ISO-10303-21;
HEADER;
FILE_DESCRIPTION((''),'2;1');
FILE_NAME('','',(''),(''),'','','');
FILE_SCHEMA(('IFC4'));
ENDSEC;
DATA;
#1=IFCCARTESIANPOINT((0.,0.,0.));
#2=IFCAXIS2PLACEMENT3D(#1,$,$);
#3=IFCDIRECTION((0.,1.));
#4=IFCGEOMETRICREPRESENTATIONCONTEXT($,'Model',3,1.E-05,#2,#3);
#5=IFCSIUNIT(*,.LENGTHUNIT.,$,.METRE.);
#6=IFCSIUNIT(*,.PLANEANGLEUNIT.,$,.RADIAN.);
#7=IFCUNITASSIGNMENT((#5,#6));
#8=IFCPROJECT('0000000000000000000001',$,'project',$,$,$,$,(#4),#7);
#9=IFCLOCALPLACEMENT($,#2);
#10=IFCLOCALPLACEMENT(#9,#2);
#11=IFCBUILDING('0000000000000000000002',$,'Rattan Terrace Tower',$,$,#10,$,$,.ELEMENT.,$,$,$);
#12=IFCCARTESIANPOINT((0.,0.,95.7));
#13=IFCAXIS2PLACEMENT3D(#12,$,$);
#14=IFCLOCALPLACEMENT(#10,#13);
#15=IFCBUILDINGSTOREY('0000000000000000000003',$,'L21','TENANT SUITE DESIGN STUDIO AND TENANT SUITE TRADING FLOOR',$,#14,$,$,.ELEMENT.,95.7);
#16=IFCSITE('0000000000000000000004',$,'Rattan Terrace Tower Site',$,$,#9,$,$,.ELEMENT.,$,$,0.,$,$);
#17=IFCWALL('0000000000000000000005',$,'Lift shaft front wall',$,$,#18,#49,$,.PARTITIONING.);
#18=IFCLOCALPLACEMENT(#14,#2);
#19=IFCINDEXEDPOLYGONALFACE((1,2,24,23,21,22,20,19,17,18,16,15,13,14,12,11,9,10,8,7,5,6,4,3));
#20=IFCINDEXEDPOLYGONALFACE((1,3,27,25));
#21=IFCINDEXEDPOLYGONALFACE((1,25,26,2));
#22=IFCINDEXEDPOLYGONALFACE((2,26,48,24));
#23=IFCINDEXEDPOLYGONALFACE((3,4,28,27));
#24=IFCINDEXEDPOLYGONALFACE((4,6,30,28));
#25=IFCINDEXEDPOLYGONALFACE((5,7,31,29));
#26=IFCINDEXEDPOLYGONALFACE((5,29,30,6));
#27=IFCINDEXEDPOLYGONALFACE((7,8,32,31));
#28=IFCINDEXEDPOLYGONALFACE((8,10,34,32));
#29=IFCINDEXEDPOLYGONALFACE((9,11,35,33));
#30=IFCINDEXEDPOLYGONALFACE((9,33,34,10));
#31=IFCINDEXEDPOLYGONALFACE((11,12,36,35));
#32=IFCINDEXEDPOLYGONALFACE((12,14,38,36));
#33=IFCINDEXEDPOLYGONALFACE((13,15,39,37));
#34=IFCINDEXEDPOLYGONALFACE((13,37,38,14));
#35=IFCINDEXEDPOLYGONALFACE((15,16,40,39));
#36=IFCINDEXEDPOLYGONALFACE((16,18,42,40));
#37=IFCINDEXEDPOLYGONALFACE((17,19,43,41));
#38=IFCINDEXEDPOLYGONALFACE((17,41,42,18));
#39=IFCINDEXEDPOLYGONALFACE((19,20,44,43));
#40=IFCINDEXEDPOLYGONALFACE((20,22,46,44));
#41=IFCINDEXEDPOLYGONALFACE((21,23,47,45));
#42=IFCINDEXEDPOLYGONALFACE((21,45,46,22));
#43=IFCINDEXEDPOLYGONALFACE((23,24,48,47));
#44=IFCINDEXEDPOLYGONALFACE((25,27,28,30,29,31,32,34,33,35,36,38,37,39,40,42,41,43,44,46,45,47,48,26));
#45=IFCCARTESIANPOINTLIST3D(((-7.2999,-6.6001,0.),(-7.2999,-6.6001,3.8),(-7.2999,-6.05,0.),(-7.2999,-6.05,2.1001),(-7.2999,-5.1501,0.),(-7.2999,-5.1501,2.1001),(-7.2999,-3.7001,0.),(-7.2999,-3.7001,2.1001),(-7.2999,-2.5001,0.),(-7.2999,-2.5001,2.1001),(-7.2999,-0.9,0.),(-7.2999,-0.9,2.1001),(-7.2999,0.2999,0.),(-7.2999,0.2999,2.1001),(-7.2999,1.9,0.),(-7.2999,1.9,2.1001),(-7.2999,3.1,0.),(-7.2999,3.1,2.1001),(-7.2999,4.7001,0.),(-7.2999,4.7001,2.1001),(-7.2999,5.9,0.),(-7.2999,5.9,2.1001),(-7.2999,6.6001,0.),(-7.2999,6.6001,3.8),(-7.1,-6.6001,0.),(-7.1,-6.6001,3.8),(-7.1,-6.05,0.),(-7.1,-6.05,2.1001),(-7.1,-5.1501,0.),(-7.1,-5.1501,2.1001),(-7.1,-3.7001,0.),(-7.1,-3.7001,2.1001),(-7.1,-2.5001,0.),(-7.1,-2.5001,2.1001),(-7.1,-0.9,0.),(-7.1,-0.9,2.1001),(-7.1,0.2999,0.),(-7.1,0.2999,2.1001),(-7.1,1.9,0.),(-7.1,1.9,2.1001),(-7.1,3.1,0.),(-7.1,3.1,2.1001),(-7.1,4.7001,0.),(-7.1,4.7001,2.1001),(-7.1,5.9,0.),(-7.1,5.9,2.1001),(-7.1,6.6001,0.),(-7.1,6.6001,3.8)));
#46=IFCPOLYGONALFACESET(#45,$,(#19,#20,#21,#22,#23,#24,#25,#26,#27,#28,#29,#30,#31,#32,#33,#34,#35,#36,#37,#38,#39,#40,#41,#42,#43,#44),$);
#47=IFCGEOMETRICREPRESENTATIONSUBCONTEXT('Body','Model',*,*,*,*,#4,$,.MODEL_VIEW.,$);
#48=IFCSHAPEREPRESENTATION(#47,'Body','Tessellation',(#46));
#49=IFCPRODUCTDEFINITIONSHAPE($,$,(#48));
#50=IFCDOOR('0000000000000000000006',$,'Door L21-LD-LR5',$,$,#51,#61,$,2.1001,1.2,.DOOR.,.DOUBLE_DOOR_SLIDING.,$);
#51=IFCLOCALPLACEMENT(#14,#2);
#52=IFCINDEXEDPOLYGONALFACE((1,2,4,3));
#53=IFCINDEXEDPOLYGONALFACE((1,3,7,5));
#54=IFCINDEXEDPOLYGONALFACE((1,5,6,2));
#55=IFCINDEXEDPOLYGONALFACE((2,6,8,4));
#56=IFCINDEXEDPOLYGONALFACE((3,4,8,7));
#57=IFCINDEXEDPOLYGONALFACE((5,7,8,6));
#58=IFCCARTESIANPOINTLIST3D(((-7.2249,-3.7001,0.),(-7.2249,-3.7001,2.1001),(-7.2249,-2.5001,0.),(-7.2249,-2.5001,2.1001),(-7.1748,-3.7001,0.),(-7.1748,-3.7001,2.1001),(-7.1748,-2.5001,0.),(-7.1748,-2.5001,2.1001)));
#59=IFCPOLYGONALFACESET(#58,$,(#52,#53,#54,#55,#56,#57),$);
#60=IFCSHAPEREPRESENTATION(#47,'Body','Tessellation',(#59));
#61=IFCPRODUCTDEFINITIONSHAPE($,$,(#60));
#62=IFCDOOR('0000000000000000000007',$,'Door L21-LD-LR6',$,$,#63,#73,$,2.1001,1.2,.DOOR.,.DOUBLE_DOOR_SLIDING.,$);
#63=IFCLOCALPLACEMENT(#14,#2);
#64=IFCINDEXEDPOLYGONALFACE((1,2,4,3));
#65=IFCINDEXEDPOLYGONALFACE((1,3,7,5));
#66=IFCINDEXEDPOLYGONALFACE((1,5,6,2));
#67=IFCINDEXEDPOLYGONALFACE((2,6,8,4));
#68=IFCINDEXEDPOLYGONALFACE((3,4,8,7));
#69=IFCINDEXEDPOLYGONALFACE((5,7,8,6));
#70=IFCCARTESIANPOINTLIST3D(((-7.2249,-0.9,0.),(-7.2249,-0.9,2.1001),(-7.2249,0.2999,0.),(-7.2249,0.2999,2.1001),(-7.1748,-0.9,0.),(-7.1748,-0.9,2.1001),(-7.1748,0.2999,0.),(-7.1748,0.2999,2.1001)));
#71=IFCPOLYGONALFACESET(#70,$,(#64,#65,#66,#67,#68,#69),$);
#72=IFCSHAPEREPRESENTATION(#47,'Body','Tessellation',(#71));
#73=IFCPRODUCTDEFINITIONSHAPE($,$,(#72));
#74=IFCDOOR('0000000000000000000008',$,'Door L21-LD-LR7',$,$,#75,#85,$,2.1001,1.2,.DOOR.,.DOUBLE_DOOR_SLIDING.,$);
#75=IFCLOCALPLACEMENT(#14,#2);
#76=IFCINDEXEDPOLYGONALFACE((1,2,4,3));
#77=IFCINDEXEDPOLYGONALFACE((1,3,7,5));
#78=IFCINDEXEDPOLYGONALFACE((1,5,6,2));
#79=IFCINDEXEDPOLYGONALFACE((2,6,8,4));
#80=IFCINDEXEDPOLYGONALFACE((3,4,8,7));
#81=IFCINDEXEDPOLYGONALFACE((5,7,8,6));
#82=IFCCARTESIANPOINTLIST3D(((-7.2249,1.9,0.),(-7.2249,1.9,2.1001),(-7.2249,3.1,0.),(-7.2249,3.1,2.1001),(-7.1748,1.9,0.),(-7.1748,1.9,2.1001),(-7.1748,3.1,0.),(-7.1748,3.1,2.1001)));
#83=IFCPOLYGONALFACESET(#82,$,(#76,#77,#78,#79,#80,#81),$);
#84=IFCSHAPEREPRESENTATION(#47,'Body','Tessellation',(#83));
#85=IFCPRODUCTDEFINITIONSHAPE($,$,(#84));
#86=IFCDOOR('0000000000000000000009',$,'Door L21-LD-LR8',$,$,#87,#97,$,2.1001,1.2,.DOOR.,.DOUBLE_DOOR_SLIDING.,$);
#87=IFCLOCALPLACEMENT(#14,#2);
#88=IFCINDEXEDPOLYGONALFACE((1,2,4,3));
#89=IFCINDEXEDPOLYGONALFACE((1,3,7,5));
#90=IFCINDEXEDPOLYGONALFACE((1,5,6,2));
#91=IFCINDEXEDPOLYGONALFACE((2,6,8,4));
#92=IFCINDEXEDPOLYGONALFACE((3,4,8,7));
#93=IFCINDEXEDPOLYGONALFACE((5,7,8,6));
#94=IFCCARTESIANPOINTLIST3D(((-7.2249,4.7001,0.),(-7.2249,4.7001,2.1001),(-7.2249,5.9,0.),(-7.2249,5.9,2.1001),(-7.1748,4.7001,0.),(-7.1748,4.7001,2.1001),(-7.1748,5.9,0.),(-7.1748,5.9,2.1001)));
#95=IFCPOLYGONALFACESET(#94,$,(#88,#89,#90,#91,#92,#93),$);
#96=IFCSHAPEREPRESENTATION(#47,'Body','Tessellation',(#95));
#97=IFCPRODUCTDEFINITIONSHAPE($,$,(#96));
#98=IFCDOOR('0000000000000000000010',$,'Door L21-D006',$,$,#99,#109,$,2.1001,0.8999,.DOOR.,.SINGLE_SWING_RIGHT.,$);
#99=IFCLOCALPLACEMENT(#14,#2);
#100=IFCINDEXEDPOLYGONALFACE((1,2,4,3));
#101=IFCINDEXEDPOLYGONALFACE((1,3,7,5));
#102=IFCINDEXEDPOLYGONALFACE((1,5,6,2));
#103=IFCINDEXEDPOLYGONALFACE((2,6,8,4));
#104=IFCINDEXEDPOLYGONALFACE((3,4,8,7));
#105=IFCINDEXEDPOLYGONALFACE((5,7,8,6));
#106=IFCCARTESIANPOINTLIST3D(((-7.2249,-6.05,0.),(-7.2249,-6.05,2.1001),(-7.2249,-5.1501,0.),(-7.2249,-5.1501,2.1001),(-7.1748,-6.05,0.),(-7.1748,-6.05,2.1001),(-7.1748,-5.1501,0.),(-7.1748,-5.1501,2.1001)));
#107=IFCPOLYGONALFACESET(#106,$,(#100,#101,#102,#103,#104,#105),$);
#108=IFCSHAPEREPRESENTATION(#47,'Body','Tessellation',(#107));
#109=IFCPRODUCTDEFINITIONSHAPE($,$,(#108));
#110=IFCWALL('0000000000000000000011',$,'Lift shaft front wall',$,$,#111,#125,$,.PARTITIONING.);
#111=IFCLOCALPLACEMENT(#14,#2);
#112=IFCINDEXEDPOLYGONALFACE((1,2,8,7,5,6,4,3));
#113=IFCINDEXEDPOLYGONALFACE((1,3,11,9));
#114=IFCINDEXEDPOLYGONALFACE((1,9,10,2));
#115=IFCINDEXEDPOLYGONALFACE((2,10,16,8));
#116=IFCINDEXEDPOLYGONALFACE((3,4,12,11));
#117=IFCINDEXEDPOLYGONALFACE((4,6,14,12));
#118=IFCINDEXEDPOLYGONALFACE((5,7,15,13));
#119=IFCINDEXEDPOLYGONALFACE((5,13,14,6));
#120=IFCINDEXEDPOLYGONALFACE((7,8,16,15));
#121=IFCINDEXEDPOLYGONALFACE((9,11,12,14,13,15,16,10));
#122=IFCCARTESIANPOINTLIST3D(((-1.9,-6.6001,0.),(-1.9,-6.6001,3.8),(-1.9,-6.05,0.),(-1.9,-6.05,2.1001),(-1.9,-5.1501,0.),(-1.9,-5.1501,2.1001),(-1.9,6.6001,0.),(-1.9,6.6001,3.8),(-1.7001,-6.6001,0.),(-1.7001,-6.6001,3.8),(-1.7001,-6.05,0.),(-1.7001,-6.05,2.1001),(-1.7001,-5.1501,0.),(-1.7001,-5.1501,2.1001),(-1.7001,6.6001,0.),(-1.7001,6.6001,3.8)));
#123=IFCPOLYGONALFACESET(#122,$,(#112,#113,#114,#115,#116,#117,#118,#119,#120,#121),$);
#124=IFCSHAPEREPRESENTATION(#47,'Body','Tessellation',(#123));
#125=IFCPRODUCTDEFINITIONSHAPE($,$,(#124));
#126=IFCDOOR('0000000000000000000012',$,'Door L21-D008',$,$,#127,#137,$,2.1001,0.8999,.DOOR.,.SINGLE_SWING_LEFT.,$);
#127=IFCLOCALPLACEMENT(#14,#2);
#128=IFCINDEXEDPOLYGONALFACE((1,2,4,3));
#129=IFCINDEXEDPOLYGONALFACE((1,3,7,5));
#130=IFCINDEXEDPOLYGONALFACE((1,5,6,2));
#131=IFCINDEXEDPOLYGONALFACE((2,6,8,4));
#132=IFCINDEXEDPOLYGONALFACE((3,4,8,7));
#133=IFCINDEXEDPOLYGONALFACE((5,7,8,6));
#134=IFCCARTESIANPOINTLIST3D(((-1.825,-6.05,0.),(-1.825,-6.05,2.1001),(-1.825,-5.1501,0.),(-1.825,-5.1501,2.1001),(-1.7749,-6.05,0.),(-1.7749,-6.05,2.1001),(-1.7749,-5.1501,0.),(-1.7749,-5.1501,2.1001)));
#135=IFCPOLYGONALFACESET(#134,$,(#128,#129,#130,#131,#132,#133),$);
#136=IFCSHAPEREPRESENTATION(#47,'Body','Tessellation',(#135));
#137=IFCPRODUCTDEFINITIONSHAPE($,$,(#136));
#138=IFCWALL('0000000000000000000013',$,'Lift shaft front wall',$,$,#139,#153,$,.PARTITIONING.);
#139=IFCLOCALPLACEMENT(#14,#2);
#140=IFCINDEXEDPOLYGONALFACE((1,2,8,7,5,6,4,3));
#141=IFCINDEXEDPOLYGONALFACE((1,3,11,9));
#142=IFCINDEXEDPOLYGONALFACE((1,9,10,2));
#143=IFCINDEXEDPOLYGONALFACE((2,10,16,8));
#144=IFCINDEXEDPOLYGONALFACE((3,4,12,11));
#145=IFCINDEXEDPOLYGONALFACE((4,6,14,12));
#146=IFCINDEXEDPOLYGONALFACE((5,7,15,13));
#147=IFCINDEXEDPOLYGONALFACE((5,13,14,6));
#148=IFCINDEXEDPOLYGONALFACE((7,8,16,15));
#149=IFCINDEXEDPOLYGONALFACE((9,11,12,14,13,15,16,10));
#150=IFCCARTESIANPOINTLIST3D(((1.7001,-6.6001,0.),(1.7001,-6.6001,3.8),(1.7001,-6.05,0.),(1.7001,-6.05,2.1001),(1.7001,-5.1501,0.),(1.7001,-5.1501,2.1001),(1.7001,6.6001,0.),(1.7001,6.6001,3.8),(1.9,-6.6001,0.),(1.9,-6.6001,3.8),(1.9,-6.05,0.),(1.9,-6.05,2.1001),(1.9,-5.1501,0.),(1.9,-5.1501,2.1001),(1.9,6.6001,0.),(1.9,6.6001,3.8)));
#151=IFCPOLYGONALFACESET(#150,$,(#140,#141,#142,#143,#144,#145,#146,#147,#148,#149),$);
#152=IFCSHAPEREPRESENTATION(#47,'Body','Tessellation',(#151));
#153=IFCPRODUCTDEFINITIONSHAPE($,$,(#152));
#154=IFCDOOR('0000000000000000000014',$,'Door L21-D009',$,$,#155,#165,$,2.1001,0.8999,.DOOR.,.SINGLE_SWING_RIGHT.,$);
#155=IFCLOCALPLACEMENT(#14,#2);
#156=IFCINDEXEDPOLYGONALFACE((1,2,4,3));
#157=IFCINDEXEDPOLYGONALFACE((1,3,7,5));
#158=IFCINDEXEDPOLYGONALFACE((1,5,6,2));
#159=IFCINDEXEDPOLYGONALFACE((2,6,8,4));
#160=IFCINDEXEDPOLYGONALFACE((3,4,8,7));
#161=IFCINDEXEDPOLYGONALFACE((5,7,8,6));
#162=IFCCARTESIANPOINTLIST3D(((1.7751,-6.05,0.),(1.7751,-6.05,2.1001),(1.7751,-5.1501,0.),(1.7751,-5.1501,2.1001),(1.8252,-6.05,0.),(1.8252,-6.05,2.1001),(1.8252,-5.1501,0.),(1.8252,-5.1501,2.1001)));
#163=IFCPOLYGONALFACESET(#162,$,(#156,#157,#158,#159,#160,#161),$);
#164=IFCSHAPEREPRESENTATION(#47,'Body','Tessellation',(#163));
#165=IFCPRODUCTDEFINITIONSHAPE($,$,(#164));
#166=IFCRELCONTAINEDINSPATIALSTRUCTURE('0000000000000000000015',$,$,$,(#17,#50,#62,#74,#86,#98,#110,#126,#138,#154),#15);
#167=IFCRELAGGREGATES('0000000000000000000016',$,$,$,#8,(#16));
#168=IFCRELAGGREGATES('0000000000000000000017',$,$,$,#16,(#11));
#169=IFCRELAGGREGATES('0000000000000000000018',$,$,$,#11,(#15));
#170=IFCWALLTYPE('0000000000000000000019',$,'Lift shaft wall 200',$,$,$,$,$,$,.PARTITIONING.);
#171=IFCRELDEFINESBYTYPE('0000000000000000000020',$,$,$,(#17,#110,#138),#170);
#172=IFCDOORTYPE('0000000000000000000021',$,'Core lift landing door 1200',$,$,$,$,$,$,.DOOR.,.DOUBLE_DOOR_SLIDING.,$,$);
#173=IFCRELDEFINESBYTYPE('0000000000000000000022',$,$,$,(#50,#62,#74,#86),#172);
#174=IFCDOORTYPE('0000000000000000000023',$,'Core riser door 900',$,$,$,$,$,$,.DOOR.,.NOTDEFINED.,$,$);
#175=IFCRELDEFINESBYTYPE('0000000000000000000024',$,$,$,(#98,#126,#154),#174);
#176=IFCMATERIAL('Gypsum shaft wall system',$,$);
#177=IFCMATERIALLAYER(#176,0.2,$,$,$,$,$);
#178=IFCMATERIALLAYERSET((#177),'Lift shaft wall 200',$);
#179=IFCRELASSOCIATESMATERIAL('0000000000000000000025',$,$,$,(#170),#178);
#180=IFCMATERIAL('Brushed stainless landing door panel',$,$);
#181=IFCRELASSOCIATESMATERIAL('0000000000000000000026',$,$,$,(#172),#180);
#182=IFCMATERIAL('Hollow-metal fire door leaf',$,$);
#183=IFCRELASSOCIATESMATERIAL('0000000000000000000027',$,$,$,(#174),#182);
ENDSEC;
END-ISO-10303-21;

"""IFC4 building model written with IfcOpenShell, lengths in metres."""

from ifc_helpers import new_model, si_unit, direction, frame, frame_2d, origin, place, context, subcontext, project, spatial, rectangle, extrude, material, layer, layer_set, type_object, element, fill, save


model = new_model("IFC4")

# Units and contexts
model_context = context("Model", 3, precision=1e-05, world=origin(), true_north=direction((0.0, 1.0)))
body_context = subcontext(model_context, "Body", "Model", "MODEL_VIEW")
ifc_project = project(units=[si_unit("LENGTHUNIT", "METRE"), si_unit("PLANEANGLEUNIT", "RADIAN")], contexts=[model_context])

# Site, building, storey
site_placement = place(None, origin())
site = spatial("IfcSite", under=ifc_project, at=site_placement, Name="Rattan Terrace Tower Site", CompositionType="ELEMENT", RefElevation=0.0)
building_placement = place(site_placement, origin())
building = spatial("IfcBuilding", under=site, at=building_placement, Name="Rattan Terrace Tower", CompositionType="ELEMENT")
storey_placement = place(building_placement, frame((0.0, 0.0, 95.7)))
storey = spatial("IfcBuildingStorey", under=building, at=storey_placement, Name="L21", Description="TENANT SUITE DESIGN STUDIO AND TENANT SUITE TRADING FLOOR", CompositionType="ELEMENT", Elevation=95.7)

# Wall, openings, doors
ifc_material_1 = material(Name="Gypsum shaft wall system")
ifc_layer_1 = layer(ifc_material_1, 0.2)
ifc_layer_set_1 = layer_set([ifc_layer_1], Name="Lift shaft wall 200")
wall_type_1 = type_object("IfcWallType", Name="Lift shaft wall 200", PredefinedType="PARTITIONING", material=ifc_layer_set_1)
ifc_material_2 = material(Name="Brushed stainless landing door panel")
door_type_1 = type_object("IfcDoorType", Name="Core lift landing door 1200", OperationType="DOUBLE_DOOR_SLIDING", PredefinedType="DOOR", material=ifc_material_2)
ifc_material_3 = material(Name="Hollow-metal fire door leaf")
door_type_2 = type_object("IfcDoorType", Name="Core riser door 900", OperationType="NOTDEFINED", PredefinedType="DOOR", material=ifc_material_3)
wall_1_placement = place(storey_placement, frame((-7.2, -6.6001, 0.0), z_axis=(0.0, 0.0, 1.0), x_axis=(0.0, 1.0, 0.0)))
wall_1 = element("IfcWall", 1, at=wall_1_placement, inside=storey, type_object=wall_type_1, Name="Lift shaft front wall", PredefinedType="PARTITIONING", context=body_context, shape_type="SweptSolid", body=[
    extrude(rectangle(XDim=13.2002, YDim=0.2, at=frame_2d((6.6001, 0.0))), origin(), (0.0, 0.0, 1.0), 3.8),
])
opening_1_placement = place(wall_1_placement, frame((0.55, 0.0, 0.0)))
opening_1 = element("IfcOpeningElement", 2, at=opening_1_placement, cuts=wall_1, PredefinedType="OPENING", context=body_context, shape_type="SweptSolid", body=[
    extrude(rectangle(XDim=0.8999, YDim=2.1001, at=frame_2d((0.45, 1.05))), frame((0.0, 0.1106, 0.0), z_axis=(0.0, -1.0, 0.0), x_axis=(1.0, 0.0, 0.0)), (0.0, 0.0, 1.0), 0.2209),
])
opening_2_placement = place(wall_1_placement, frame((2.8999, 0.0, 0.0)))
opening_2 = element("IfcOpeningElement", 3, at=opening_2_placement, cuts=wall_1, PredefinedType="OPENING", context=body_context, shape_type="SweptSolid", body=[
    extrude(rectangle(XDim=1.2, YDim=2.1001, at=frame_2d((0.6001, 1.05))), frame((0.0, 0.1106, 0.0), z_axis=(0.0, -1.0, 0.0), x_axis=(1.0, 0.0, 0.0)), (0.0, 0.0, 1.0), 0.2209),
])
opening_3_placement = place(wall_1_placement, frame((5.7, 0.0, 0.0)))
opening_3 = element("IfcOpeningElement", 4, at=opening_3_placement, cuts=wall_1, PredefinedType="OPENING", context=body_context, shape_type="SweptSolid", body=[
    extrude(rectangle(XDim=1.2, YDim=2.1001, at=frame_2d((0.6001, 1.05))), frame((0.0, 0.1106, 0.0), z_axis=(0.0, -1.0, 0.0), x_axis=(1.0, 0.0, 0.0)), (0.0, 0.0, 1.0), 0.2209),
])
opening_4_placement = place(wall_1_placement, frame((8.5, 0.0, 0.0)))
opening_4 = element("IfcOpeningElement", 5, at=opening_4_placement, cuts=wall_1, PredefinedType="OPENING", context=body_context, shape_type="SweptSolid", body=[
    extrude(rectangle(XDim=1.2, YDim=2.1001, at=frame_2d((0.6001, 1.05))), frame((0.0, 0.1106, 0.0), z_axis=(0.0, -1.0, 0.0), x_axis=(1.0, 0.0, 0.0)), (0.0, 0.0, 1.0), 0.2209),
])
opening_5_placement = place(wall_1_placement, frame((11.3, 0.0, 0.0)))
opening_5 = element("IfcOpeningElement", 6, at=opening_5_placement, cuts=wall_1, PredefinedType="OPENING", context=body_context, shape_type="SweptSolid", body=[
    extrude(rectangle(XDim=1.2, YDim=2.1001, at=frame_2d((0.6001, 1.05))), frame((0.0, 0.1106, 0.0), z_axis=(0.0, -1.0, 0.0), x_axis=(1.0, 0.0, 0.0)), (0.0, 0.0, 1.0), 0.2209),
])
door_1_placement = place(opening_2_placement, origin())
door_1 = element("IfcDoor", 7, at=door_1_placement, inside=storey, type_object=door_type_1, Name="Door L21-LD-LR5", OperationType="DOUBLE_DOOR_SLIDING", OverallHeight=2.1001, OverallWidth=1.2, PredefinedType="DOOR", context=body_context, shape_type="SweptSolid", body=[
    extrude(rectangle(XDim=1.2, YDim=2.1001, at=frame_2d((0.6001, 1.05))), frame((0.0, 0.0249, 0.0), z_axis=(0.0, -1.0, 0.0), x_axis=(1.0, 0.0, 0.0)), (0.0, 0.0, 1.0), 0.05),
])
fill(opening_2, door_1)
door_2_placement = place(opening_3_placement, origin())
door_2 = element("IfcDoor", 8, at=door_2_placement, inside=storey, type_object=door_type_1, Name="Door L21-LD-LR6", OperationType="DOUBLE_DOOR_SLIDING", OverallHeight=2.1001, OverallWidth=1.2, PredefinedType="DOOR", context=body_context, shape_type="SweptSolid", body=[
    extrude(rectangle(XDim=1.2, YDim=2.1001, at=frame_2d((0.6001, 1.05))), frame((0.0, 0.0249, 0.0), z_axis=(0.0, -1.0, 0.0), x_axis=(1.0, 0.0, 0.0)), (0.0, 0.0, 1.0), 0.05),
])
fill(opening_3, door_2)
door_3_placement = place(opening_4_placement, origin())
door_3 = element("IfcDoor", 9, at=door_3_placement, inside=storey, type_object=door_type_1, Name="Door L21-LD-LR7", OperationType="DOUBLE_DOOR_SLIDING", OverallHeight=2.1001, OverallWidth=1.2, PredefinedType="DOOR", context=body_context, shape_type="SweptSolid", body=[
    extrude(rectangle(XDim=1.2, YDim=2.1001, at=frame_2d((0.6001, 1.05))), frame((0.0, 0.0249, 0.0), z_axis=(0.0, -1.0, 0.0), x_axis=(1.0, 0.0, 0.0)), (0.0, 0.0, 1.0), 0.05),
])
fill(opening_4, door_3)
door_4_placement = place(opening_5_placement, origin())
door_4 = element("IfcDoor", 10, at=door_4_placement, inside=storey, type_object=door_type_1, Name="Door L21-LD-LR8", OperationType="DOUBLE_DOOR_SLIDING", OverallHeight=2.1001, OverallWidth=1.2, PredefinedType="DOOR", context=body_context, shape_type="SweptSolid", body=[
    extrude(rectangle(XDim=1.2, YDim=2.1001, at=frame_2d((0.6001, 1.05))), frame((0.0, 0.0249, 0.0), z_axis=(0.0, -1.0, 0.0), x_axis=(1.0, 0.0, 0.0)), (0.0, 0.0, 1.0), 0.05),
])
fill(opening_5, door_4)
door_5_placement = place(opening_1_placement, origin())
door_5 = element("IfcDoor", 11, at=door_5_placement, inside=storey, type_object=door_type_2, Name="Door L21-D006", OperationType="SINGLE_SWING_RIGHT", OverallHeight=2.1001, OverallWidth=0.8999, PredefinedType="DOOR", context=body_context, shape_type="SweptSolid", body=[
    extrude(rectangle(XDim=0.8999, YDim=2.1001, at=frame_2d((0.45, 1.05))), frame((0.0, 0.0249, 0.0), z_axis=(0.0, -1.0, 0.0), x_axis=(1.0, 0.0, 0.0)), (0.0, 0.0, 1.0), 0.05),
])
fill(opening_1, door_5)

# Walls, openings, doors
wall_2_placement = place(storey_placement, frame((-1.8, -6.6001, 0.0), z_axis=(0.0, 0.0, 1.0), x_axis=(0.0, 1.0, 0.0)))
wall_2 = element("IfcWall", 12, at=wall_2_placement, inside=storey, type_object=wall_type_1, Name="Lift shaft front wall", PredefinedType="PARTITIONING", context=body_context, shape_type="SweptSolid", body=[
    extrude(rectangle(XDim=13.2002, YDim=0.2, at=frame_2d((6.6001, 0.0))), origin(), (0.0, 0.0, 1.0), 3.8),
])
opening_6_placement = place(wall_2_placement, frame((0.55, 0.0, 0.0)))
opening_6 = element("IfcOpeningElement", 13, at=opening_6_placement, cuts=wall_2, PredefinedType="OPENING", context=body_context, shape_type="SweptSolid", body=[
    extrude(rectangle(XDim=0.8999, YDim=2.1001, at=frame_2d((0.45, 1.05))), frame((0.0, 0.1106, 0.0), z_axis=(0.0, -1.0, 0.0), x_axis=(1.0, 0.0, 0.0)), (0.0, 0.0, 1.0), 0.2209),
])
door_6_placement = place(opening_6_placement, origin())
door_6 = element("IfcDoor", 14, at=door_6_placement, inside=storey, type_object=door_type_2, Name="Door L21-D008", OperationType="SINGLE_SWING_LEFT", OverallHeight=2.1001, OverallWidth=0.8999, PredefinedType="DOOR", context=body_context, shape_type="SweptSolid", body=[
    extrude(rectangle(XDim=0.8999, YDim=2.1001, at=frame_2d((0.45, 1.05))), frame((0.0, 0.0249, 0.0), z_axis=(0.0, -1.0, 0.0), x_axis=(1.0, 0.0, 0.0)), (0.0, 0.0, 1.0), 0.05),
])
fill(opening_6, door_6)
wall_3_placement = place(storey_placement, frame((1.8, -6.6001, 0.0), z_axis=(0.0, 0.0, 1.0), x_axis=(0.0, 1.0, 0.0)))
wall_3 = element("IfcWall", 15, at=wall_3_placement, inside=storey, type_object=wall_type_1, Name="Lift shaft front wall", PredefinedType="PARTITIONING", context=body_context, shape_type="SweptSolid", body=[
    extrude(rectangle(XDim=13.2002, YDim=0.2, at=frame_2d((6.6001, 0.0))), origin(), (0.0, 0.0, 1.0), 3.8),
])
opening_7_placement = place(wall_3_placement, frame((0.55, 0.0, 0.0)))
opening_7 = element("IfcOpeningElement", 16, at=opening_7_placement, cuts=wall_3, PredefinedType="OPENING", context=body_context, shape_type="SweptSolid", body=[
    extrude(rectangle(XDim=0.8999, YDim=2.1001, at=frame_2d((0.45, 1.05))), frame((0.0, 0.1106, 0.0), z_axis=(0.0, -1.0, 0.0), x_axis=(1.0, 0.0, 0.0)), (0.0, 0.0, 1.0), 0.2209),
])
door_7_placement = place(opening_7_placement, origin())
door_7 = element("IfcDoor", 17, at=door_7_placement, inside=storey, type_object=door_type_2, Name="Door L21-D009", OperationType="SINGLE_SWING_RIGHT", OverallHeight=2.1001, OverallWidth=0.8999, PredefinedType="DOOR", context=body_context, shape_type="SweptSolid", body=[
    extrude(rectangle(XDim=0.8999, YDim=2.1001, at=frame_2d((0.45, 1.05))), frame((0.0, 0.0249, 0.0), z_axis=(0.0, -1.0, 0.0), x_axis=(1.0, 0.0, 0.0)), (0.0, 0.0, 1.0), 0.05),
])
fill(opening_7, door_7)

save(model, "model.ifc")
